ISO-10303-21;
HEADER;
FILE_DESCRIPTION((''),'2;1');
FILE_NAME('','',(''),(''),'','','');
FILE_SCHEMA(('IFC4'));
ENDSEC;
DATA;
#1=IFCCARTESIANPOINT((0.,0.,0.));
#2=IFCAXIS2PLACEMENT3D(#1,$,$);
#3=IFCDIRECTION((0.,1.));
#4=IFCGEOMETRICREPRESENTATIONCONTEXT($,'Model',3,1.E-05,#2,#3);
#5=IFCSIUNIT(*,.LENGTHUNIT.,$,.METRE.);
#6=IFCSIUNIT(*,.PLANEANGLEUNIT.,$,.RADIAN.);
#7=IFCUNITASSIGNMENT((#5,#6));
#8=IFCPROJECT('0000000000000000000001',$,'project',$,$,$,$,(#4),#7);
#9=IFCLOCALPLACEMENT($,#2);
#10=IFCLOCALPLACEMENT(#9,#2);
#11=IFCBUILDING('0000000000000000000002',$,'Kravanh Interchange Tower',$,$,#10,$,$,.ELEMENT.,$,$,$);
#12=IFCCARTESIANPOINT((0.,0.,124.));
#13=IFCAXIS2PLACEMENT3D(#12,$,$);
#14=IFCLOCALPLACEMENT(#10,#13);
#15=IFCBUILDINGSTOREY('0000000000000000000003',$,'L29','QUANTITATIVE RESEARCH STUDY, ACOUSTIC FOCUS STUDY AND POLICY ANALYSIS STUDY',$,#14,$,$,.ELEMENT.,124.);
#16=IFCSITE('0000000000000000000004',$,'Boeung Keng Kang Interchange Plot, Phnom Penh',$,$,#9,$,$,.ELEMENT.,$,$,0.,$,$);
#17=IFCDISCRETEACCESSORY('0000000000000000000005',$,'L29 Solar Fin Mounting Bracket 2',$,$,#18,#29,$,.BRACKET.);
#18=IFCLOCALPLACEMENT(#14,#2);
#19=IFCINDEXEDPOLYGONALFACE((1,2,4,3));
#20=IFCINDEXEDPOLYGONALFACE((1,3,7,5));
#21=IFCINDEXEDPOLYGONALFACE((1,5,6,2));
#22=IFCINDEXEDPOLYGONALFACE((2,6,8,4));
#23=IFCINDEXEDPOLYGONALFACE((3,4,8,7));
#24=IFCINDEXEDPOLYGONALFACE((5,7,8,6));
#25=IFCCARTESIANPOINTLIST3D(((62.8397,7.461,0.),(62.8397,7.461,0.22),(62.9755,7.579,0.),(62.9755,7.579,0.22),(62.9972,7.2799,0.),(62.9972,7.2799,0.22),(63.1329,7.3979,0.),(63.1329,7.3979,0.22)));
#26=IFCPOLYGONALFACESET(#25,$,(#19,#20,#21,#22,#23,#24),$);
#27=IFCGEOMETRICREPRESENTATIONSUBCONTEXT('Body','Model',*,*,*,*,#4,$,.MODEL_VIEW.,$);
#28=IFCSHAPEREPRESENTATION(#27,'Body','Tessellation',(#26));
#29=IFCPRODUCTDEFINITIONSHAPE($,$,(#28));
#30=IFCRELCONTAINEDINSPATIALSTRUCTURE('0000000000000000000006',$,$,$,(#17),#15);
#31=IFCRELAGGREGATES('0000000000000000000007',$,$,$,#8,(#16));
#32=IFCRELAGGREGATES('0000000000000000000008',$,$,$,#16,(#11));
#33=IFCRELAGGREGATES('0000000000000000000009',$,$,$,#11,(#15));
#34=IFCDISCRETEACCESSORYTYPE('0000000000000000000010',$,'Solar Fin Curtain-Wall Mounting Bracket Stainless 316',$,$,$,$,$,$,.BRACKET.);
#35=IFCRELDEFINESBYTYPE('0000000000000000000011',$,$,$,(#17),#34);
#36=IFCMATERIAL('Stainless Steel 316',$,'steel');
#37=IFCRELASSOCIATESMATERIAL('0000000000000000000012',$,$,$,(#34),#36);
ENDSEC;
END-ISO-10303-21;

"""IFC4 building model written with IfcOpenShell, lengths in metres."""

from ifc_helpers import new_model, si_unit, direction, frame, origin, origin_2d, place, context, subcontext, project, spatial, rectangle, extrude, material, type_object, element, save


model = new_model("IFC4")

# Units and contexts
model_context = context("Model", 3, precision=1e-05, world=origin(), true_north=direction((0.0, 1.0)))
body_context = subcontext(model_context, "Body", "Model", "MODEL_VIEW")
ifc_project = project(units=[si_unit("LENGTHUNIT", "METRE"), si_unit("PLANEANGLEUNIT", "RADIAN")], contexts=[model_context])

# Site, building, storey
site_placement = place(None, origin())
site = spatial("IfcSite", under=ifc_project, at=site_placement, Name="Boeung Keng Kang Interchange Plot, Phnom Penh", CompositionType="ELEMENT", RefElevation=0.0)
building_placement = place(site_placement, origin())
building = spatial("IfcBuilding", under=site, at=building_placement, Name="Kravanh Interchange Tower", CompositionType="ELEMENT")
storey_placement = place(building_placement, frame((0.0, 0.0, 124.0)))
storey = spatial("IfcBuildingStorey", under=building, at=storey_placement, Name="L29", Description="QUANTITATIVE RESEARCH STUDY, ACOUSTIC FOCUS STUDY AND POLICY ANALYSIS STUDY", CompositionType="ELEMENT", Elevation=124.0)

# Discrete accessory
ifc_material_1 = material(Name="Stainless Steel 316", Category="steel")
discrete_accessory_type = type_object("IfcDiscreteAccessoryType", Name="Solar Fin Curtain-Wall Mounting Bracket Stainless 316", PredefinedType="BRACKET", material=ifc_material_1)
discrete_accessory_placement = place(storey_placement, frame((62.9863, 7.4294, 0.0), z_axis=(0.0, 0.0, 1.0), x_axis=(0.656056, -0.754712, 0.0)))
element("IfcDiscreteAccessory", 1, at=discrete_accessory_placement, inside=storey, type_object=discrete_accessory_type, Name="L29 Solar Fin Mounting Bracket 2", PredefinedType="BRACKET", context=body_context, shape_type="SweptSolid", body=[
    extrude(rectangle(XDim=0.24, YDim=0.1799, at=origin_2d()), origin(), (0.0, 0.0, 1.0), 0.22),
])

save(model, "model.ifc")
